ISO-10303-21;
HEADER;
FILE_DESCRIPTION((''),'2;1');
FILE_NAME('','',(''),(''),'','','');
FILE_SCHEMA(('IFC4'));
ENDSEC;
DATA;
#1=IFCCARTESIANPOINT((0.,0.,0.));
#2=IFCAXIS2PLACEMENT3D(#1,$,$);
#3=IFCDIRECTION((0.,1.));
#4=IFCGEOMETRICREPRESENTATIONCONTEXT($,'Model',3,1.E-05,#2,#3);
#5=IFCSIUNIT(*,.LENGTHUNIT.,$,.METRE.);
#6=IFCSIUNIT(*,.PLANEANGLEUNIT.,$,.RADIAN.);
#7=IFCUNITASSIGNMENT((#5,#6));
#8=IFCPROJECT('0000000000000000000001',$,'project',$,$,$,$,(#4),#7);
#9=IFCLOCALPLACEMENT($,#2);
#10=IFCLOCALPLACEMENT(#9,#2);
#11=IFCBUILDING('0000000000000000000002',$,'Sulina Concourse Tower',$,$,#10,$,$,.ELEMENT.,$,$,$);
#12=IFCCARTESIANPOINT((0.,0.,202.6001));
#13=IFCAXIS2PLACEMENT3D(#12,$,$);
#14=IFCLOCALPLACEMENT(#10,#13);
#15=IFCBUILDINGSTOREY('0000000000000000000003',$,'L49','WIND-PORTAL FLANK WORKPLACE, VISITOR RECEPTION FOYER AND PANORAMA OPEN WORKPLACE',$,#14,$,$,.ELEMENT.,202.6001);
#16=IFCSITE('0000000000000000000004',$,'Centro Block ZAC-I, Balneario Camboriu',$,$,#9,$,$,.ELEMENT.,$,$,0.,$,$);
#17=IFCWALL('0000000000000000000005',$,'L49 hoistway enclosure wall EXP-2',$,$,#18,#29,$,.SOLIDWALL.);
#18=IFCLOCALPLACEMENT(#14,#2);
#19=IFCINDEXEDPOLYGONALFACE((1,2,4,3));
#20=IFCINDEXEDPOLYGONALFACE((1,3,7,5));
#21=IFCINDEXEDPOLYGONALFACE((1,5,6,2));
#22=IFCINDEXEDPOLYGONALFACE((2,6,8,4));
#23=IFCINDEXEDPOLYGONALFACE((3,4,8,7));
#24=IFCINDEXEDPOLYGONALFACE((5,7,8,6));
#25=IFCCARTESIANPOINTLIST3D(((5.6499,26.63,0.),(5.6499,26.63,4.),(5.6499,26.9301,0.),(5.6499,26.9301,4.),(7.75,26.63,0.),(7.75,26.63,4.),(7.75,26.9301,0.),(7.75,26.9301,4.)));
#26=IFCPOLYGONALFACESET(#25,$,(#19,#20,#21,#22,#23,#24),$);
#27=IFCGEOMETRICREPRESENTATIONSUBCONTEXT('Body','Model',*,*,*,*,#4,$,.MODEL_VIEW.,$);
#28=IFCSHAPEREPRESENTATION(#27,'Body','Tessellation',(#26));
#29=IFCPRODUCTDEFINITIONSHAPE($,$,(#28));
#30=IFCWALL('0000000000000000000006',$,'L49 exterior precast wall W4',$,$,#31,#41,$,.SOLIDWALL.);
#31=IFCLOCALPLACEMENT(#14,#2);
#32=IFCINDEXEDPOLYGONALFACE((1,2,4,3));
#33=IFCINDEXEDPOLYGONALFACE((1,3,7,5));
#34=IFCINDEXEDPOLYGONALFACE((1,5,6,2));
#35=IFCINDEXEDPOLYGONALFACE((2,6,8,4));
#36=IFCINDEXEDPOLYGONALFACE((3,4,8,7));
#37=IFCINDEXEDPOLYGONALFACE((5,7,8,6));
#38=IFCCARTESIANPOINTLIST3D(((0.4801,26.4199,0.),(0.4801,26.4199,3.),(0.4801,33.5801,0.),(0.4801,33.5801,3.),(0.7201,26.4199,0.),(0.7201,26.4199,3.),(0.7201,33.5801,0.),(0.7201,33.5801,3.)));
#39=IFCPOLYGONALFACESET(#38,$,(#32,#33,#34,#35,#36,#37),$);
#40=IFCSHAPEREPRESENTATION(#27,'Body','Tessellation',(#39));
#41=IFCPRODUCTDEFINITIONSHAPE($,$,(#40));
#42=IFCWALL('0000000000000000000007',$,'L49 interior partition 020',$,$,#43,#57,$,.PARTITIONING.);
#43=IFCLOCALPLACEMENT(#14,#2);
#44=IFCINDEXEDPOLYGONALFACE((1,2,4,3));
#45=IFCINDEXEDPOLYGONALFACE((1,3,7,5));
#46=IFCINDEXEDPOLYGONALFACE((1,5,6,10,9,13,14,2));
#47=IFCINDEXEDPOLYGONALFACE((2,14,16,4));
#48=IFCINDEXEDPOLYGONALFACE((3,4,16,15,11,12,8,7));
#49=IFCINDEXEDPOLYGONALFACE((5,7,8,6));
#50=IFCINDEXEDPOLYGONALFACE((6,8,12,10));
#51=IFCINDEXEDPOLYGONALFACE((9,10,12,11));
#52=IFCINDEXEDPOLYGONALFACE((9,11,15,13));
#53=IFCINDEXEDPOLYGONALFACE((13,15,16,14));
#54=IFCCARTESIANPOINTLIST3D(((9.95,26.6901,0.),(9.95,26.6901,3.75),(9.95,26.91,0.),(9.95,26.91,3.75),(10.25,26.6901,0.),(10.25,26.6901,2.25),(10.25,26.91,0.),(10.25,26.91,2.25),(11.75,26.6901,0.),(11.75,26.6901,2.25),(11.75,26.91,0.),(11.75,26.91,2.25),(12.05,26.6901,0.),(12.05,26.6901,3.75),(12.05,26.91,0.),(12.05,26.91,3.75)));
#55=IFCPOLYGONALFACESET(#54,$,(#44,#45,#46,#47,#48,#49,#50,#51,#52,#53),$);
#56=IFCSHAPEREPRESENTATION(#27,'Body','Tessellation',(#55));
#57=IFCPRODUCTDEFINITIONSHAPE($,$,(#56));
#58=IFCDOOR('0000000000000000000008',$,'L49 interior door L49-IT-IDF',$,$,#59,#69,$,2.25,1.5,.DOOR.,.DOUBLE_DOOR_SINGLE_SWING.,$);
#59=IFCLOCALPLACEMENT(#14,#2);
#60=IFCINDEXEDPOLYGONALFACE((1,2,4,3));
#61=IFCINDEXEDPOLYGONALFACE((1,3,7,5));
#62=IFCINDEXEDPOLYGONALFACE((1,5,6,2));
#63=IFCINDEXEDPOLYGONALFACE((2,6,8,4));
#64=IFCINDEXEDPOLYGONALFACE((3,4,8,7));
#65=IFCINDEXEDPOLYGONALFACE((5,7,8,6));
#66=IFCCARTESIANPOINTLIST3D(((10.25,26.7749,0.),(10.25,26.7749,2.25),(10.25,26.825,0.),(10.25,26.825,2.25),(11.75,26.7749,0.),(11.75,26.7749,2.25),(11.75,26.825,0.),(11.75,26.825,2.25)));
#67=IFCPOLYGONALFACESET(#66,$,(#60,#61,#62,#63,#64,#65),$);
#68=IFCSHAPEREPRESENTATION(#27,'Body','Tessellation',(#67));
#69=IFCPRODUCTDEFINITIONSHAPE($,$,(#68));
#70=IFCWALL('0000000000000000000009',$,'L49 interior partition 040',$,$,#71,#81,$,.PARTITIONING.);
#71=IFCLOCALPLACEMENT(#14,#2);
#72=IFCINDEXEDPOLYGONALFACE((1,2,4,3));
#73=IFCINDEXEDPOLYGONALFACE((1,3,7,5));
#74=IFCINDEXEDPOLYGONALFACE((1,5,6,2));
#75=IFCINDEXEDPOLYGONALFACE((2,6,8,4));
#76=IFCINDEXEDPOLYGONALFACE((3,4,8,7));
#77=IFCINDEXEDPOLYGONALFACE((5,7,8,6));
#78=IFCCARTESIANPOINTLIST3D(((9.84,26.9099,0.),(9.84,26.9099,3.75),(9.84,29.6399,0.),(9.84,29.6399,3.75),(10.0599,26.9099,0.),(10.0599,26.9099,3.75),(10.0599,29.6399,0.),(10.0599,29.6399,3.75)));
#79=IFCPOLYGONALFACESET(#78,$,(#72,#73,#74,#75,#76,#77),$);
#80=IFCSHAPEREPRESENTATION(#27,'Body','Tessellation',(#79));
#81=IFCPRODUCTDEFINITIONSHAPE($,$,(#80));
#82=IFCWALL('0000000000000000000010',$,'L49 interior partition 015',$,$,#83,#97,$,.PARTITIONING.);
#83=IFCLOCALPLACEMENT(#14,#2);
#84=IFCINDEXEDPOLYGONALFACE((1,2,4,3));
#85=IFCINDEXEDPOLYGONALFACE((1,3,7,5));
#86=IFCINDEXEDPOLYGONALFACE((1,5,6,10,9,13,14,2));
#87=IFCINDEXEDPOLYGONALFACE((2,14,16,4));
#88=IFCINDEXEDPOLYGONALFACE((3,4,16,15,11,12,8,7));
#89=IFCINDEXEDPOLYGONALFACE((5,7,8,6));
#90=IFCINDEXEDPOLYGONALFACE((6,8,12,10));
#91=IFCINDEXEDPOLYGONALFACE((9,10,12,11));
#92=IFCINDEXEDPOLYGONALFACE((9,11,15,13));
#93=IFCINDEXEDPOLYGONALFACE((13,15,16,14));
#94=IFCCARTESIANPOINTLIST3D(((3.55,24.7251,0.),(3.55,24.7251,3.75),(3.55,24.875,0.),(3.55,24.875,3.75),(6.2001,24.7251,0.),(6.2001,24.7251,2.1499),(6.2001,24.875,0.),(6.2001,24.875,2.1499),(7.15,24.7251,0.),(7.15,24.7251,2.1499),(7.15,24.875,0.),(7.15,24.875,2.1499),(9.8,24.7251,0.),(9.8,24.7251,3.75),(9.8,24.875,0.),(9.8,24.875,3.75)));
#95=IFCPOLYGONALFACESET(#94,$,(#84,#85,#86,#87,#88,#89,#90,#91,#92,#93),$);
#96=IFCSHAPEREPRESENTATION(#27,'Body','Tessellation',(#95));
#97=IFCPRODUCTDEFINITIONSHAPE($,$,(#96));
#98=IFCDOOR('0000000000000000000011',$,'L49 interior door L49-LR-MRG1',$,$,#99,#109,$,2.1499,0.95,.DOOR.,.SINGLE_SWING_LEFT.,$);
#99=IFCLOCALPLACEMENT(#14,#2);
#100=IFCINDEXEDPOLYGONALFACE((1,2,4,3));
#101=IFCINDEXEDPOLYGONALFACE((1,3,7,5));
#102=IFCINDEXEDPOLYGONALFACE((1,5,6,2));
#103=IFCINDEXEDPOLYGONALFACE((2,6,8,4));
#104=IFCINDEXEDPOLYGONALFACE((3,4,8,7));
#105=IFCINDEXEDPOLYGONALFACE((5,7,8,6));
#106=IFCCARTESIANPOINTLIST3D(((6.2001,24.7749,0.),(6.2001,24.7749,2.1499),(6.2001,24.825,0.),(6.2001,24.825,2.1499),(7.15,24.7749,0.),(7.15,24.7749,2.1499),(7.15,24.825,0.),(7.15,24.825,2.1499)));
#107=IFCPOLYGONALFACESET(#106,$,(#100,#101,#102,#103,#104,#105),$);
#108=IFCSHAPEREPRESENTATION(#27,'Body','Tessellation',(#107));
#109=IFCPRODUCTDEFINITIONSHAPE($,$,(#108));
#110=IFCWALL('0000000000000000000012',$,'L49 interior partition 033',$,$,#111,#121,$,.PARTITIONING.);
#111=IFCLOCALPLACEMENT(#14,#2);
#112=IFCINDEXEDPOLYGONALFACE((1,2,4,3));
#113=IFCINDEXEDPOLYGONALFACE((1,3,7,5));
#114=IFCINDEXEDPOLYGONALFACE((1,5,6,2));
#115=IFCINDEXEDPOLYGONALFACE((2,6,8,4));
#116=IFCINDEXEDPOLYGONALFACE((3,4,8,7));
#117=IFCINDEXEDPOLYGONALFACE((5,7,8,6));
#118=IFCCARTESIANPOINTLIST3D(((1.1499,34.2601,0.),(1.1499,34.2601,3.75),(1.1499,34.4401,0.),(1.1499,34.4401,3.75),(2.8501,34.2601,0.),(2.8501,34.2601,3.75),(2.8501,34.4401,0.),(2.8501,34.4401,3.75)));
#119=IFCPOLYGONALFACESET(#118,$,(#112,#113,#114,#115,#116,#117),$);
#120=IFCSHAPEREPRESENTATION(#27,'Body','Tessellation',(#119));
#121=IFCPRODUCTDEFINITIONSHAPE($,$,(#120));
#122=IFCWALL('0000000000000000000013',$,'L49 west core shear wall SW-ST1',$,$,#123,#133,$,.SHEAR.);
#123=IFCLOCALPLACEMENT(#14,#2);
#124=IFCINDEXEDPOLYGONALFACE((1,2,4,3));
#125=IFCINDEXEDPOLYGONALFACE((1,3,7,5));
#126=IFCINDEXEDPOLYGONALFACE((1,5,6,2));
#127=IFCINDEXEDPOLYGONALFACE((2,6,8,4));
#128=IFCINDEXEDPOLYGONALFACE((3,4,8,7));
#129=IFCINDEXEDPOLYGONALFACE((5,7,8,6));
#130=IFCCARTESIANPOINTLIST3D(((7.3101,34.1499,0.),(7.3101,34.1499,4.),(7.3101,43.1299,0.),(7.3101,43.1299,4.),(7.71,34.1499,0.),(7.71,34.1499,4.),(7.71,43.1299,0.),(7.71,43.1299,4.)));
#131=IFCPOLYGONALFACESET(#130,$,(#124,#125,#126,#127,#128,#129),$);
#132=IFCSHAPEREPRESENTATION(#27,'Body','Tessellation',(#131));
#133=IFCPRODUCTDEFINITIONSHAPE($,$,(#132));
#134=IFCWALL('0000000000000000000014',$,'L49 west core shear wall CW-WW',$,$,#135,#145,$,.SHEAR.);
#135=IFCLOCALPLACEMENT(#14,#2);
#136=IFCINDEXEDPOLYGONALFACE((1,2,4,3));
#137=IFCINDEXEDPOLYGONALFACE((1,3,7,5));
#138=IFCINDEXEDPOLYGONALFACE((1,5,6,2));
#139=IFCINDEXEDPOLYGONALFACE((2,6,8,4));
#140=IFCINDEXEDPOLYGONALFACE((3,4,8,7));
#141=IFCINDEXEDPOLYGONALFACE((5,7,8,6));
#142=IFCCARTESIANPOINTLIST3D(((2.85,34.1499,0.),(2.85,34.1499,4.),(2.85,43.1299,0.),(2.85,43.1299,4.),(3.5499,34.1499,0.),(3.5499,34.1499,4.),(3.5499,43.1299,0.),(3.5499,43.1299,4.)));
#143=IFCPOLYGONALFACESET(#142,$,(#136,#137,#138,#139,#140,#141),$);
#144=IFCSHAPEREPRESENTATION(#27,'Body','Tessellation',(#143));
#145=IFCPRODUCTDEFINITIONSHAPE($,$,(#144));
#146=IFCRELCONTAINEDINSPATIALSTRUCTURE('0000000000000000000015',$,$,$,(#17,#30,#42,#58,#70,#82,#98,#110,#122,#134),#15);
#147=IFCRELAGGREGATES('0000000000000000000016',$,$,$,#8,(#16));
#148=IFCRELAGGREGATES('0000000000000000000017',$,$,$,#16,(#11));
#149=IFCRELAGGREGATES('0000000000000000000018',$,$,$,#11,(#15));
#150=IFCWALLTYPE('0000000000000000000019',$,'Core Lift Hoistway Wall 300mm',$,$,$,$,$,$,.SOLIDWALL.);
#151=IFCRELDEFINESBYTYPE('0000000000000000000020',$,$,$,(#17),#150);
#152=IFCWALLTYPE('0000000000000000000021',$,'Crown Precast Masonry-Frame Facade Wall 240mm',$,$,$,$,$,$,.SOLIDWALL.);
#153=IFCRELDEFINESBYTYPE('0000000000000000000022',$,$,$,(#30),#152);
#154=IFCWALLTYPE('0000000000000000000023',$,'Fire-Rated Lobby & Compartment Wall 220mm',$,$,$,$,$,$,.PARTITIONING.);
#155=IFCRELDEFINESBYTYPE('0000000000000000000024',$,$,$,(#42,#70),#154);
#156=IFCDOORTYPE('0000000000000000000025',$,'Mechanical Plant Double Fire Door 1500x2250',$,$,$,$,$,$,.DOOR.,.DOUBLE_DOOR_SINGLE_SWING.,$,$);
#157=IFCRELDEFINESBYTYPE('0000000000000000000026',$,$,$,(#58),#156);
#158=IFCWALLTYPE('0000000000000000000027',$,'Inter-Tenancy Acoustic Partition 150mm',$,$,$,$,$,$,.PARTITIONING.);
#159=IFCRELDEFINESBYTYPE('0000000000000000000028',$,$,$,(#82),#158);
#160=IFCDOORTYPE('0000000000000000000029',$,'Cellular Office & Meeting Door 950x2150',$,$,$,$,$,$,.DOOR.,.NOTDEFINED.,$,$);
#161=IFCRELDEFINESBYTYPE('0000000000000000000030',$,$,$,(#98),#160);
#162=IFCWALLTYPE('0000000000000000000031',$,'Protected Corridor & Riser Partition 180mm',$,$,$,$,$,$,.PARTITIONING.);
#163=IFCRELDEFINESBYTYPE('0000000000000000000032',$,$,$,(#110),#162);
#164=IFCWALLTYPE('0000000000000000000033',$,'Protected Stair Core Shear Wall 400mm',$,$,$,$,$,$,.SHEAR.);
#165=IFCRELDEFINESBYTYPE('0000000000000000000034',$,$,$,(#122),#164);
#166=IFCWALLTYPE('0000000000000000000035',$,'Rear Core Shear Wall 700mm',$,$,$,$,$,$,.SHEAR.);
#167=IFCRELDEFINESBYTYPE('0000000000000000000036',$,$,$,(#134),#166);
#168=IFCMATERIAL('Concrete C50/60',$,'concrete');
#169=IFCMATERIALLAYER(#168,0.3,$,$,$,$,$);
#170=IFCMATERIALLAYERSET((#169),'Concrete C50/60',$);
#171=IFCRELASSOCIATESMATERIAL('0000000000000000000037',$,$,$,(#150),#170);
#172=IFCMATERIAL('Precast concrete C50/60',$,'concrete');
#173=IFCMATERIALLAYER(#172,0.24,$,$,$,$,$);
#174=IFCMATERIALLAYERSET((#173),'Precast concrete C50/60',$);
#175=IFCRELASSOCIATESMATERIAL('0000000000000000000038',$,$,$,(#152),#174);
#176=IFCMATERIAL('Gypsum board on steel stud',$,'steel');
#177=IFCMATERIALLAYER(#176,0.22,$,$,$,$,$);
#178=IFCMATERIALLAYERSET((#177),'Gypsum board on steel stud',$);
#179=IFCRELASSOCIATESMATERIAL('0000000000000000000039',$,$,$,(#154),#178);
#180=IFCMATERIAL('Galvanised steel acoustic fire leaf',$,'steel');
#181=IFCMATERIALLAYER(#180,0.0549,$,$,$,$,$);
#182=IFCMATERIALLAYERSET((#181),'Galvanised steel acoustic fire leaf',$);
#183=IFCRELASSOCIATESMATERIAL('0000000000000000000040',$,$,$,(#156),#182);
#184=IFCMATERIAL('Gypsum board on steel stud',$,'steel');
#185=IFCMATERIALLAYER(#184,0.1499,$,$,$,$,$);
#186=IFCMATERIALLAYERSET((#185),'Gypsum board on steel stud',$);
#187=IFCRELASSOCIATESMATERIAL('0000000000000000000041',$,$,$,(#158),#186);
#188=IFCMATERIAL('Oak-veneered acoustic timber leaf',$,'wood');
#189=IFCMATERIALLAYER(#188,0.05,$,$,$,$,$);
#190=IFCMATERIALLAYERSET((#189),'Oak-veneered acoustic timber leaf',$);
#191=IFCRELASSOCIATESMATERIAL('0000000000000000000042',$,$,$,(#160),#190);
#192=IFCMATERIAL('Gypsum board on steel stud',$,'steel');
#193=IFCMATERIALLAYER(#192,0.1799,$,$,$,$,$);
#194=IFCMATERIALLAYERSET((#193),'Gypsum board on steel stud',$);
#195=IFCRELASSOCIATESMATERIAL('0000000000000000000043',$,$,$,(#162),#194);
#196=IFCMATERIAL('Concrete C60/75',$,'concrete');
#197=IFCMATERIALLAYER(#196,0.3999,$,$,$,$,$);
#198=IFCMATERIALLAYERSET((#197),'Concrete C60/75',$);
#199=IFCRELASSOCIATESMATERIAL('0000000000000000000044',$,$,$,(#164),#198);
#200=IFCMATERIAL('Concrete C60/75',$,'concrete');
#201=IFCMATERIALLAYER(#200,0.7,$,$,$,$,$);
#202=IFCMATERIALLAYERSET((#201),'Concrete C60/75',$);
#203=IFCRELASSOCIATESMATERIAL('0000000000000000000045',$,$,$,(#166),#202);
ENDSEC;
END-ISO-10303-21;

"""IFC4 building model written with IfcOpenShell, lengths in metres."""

from ifc_helpers import new_model, si_unit, direction, frame, frame_2d, origin, place, context, subcontext, project, spatial, rectangle, extrude, material, layer, layer_set, type_object, element, fill, save


model = new_model("IFC4")

# Units and contexts
model_context = context("Model", 3, precision=1e-05, world=origin(), true_north=direction((0.0, 1.0)))
body_context = subcontext(model_context, "Body", "Model", "MODEL_VIEW")
ifc_project = project(units=[si_unit("LENGTHUNIT", "METRE"), si_unit("PLANEANGLEUNIT", "RADIAN")], contexts=[model_context])

# Site, building, storey
site_placement = place(None, origin())
site = spatial("IfcSite", under=ifc_project, at=site_placement, Name="Centro Block ZAC-I, Balneario Camboriu", CompositionType="ELEMENT", RefElevation=0.0)
building_placement = place(site_placement, origin())
building = spatial("IfcBuilding", under=site, at=building_placement, Name="Sulina Concourse Tower", CompositionType="ELEMENT")
storey_placement = place(building_placement, frame((0.0, 0.0, 202.6001)))
storey = spatial("IfcBuildingStorey", under=building, at=storey_placement, Name="L49", Description="WIND-PORTAL FLANK WORKPLACE, VISITOR RECEPTION FOYER AND PANORAMA OPEN WORKPLACE", CompositionType="ELEMENT", Elevation=202.6001)

# Walls
ifc_material_1 = material(Name="Concrete C50/60", Category="concrete")
ifc_layer_1 = layer(ifc_material_1, 0.3)
ifc_layer_set_1 = layer_set([ifc_layer_1], Name="Concrete C50/60")
wall_type_1 = type_object("IfcWallType", Name="Core Lift Hoistway Wall 300mm", PredefinedType="SOLIDWALL", material=ifc_layer_set_1)
wall_1_placement = place(storey_placement, frame((7.75, 26.78, 0.0), z_axis=(0.0, 0.0, 1.0), x_axis=(-1.0, 0.0, 0.0)))
element("IfcWall", 1, at=wall_1_placement, inside=storey, type_object=wall_type_1, Name="L49 hoistway enclosure wall EXP-2", PredefinedType="SOLIDWALL", context=body_context, shape_type="SweptSolid", body=[
    extrude(rectangle(XDim=2.1001, YDim=0.3, at=frame_2d((1.05, 0.0))), origin(), (0.0, 0.0, 1.0), 4.0),
])
ifc_material_2 = material(Name="Precast concrete C50/60", Category="concrete")
ifc_layer_2 = layer(ifc_material_2, 0.24)
ifc_layer_set_2 = layer_set([ifc_layer_2], Name="Precast concrete C50/60")
wall_type_2 = type_object("IfcWallType", Name="Crown Precast Masonry-Frame Facade Wall 240mm", PredefinedType="SOLIDWALL", material=ifc_layer_set_2)
wall_2_placement = place(storey_placement, frame((0.6001, 26.4199, 0.0), z_axis=(0.0, 0.0, 1.0), x_axis=(0.0, 1.0, 0.0)))
element("IfcWall", 2, at=wall_2_placement, inside=storey, type_object=wall_type_2, Name="L49 exterior precast wall W4", PredefinedType="SOLIDWALL", context=body_context, shape_type="SweptSolid", body=[
    extrude(rectangle(XDim=7.1602, YDim=0.24, at=frame_2d((3.5801, 0.0))), origin(), (0.0, 0.0, 1.0), 3.0),
])

# Wall, opening, door
ifc_material_3 = material(Name="Gypsum board on steel stud", Category="steel")
ifc_layer_3 = layer(ifc_material_3, 0.22)
ifc_layer_set_3 = layer_set([ifc_layer_3], Name="Gypsum board on steel stud")
wall_type_3 = type_object("IfcWallType", Name="Fire-Rated Lobby & Compartment Wall 220mm", PredefinedType="PARTITIONING", material=ifc_layer_set_3)
wall_3_placement = place(storey_placement, frame((9.95, 26.8, 0.0), z_axis=(0.0, 0.0, 1.0), x_axis=(1.0, 0.0, 0.0)))
wall_3 = element("IfcWall", 3, at=wall_3_placement, inside=storey, type_object=wall_type_3, Name="L49 interior partition 020", PredefinedType="PARTITIONING", context=body_context, shape_type="SweptSolid", body=[
    extrude(rectangle(XDim=2.1001, YDim=0.22, at=frame_2d((1.05, 0.0))), origin(), (0.0, 0.0, 1.0), 3.75),
])
opening_1_placement = place(wall_3_placement, frame((0.3, 0.0, 0.0)))
opening_1 = element("IfcOpeningElement", 4, at=opening_1_placement, cuts=wall_3, PredefinedType="OPENING", context=body_context, shape_type="SweptSolid", body=[
    extrude(rectangle(XDim=1.5, YDim=2.25, at=frame_2d((0.75, 1.125))), frame((0.0, 0.1199, 0.0), z_axis=(0.0, -1.0, 0.0), x_axis=(1.0, 0.0, 0.0)), (0.0, 0.0, 1.0), 0.24),
])
ifc_material_4 = material(Name="Galvanised steel acoustic fire leaf", Category="steel")
ifc_layer_4 = layer(ifc_material_4, 0.0549)
ifc_layer_set_4 = layer_set([ifc_layer_4], Name="Galvanised steel acoustic fire leaf")
door_type_1 = type_object("IfcDoorType", Name="Mechanical Plant Double Fire Door 1500x2250", OperationType="DOUBLE_DOOR_SINGLE_SWING", PredefinedType="DOOR", material=ifc_layer_set_4)
door_1_placement = place(opening_1_placement, origin())
door_1 = element("IfcDoor", 5, at=door_1_placement, inside=storey, type_object=door_type_1, Name="L49 interior door L49-IT-IDF", OperationType="DOUBLE_DOOR_SINGLE_SWING", OverallHeight=2.25, OverallWidth=1.5, PredefinedType="DOOR", context=body_context, shape_type="SweptSolid", body=[
    extrude(rectangle(XDim=1.5, YDim=2.25, at=frame_2d((0.75, 1.125))), frame((0.0, 0.0249, 0.0), z_axis=(0.0, -1.0, 0.0), x_axis=(1.0, 0.0, 0.0)), (0.0, 0.0, 1.0), 0.05),
])
fill(opening_1, door_1)

# Wall
wall_4_placement = place(storey_placement, frame((9.95, 26.9099, 0.0), z_axis=(0.0, 0.0, 1.0), x_axis=(0.0, 1.0, 0.0)))
element("IfcWall", 6, at=wall_4_placement, inside=storey, type_object=wall_type_3, Name="L49 interior partition 040", PredefinedType="PARTITIONING", context=body_context, shape_type="SweptSolid", body=[
    extrude(rectangle(XDim=2.73, YDim=0.22, at=frame_2d((1.365, 0.0))), origin(), (0.0, 0.0, 1.0), 3.75),
])

# Wall, opening, door
ifc_material_5 = material(Name="Gypsum board on steel stud", Category="steel")
ifc_layer_5 = layer(ifc_material_5, 0.1499)
ifc_layer_set_5 = layer_set([ifc_layer_5], Name="Gypsum board on steel stud")
wall_type_4 = type_object("IfcWallType", Name="Inter-Tenancy Acoustic Partition 150mm", PredefinedType="PARTITIONING", material=ifc_layer_set_5)
wall_5_placement = place(storey_placement, frame((3.55, 24.8, 0.0), z_axis=(0.0, 0.0, 1.0), x_axis=(1.0, 0.0, 0.0)))
wall_5 = element("IfcWall", 7, at=wall_5_placement, inside=storey, type_object=wall_type_4, Name="L49 interior partition 015", PredefinedType="PARTITIONING", context=body_context, shape_type="SweptSolid", body=[
    extrude(rectangle(XDim=6.25, YDim=0.1499, at=frame_2d((3.125, 0.0))), origin(), (0.0, 0.0, 1.0), 3.75),
])
opening_2_placement = place(wall_5_placement, frame((2.6499, 0.0, 0.0)))
opening_2 = element("IfcOpeningElement", 8, at=opening_2_placement, cuts=wall_5, PredefinedType="OPENING", context=body_context, shape_type="SweptSolid", body=[
    extrude(rectangle(XDim=0.95, YDim=2.1499, at=frame_2d((0.4751, 1.075))), frame((0.0, 0.085, 0.0), z_axis=(0.0, -1.0, 0.0), x_axis=(1.0, 0.0, 0.0)), (0.0, 0.0, 1.0), 0.1699),
])
ifc_material_6 = material(Name="Oak-veneered acoustic timber leaf", Category="wood")
ifc_layer_6 = layer(ifc_material_6, 0.05)
ifc_layer_set_6 = layer_set([ifc_layer_6], Name="Oak-veneered acoustic timber leaf")
door_type_2 = type_object("IfcDoorType", Name="Cellular Office & Meeting Door 950x2150", OperationType="NOTDEFINED", PredefinedType="DOOR", material=ifc_layer_set_6)
door_2_placement = place(opening_2_placement, origin())
door_2 = element("IfcDoor", 9, at=door_2_placement, inside=storey, type_object=door_type_2, Name="L49 interior door L49-LR-MRG1", OperationType="SINGLE_SWING_LEFT", OverallHeight=2.1499, OverallWidth=0.95, PredefinedType="DOOR", context=body_context, shape_type="SweptSolid", body=[
    extrude(rectangle(XDim=0.95, YDim=2.1499, at=frame_2d((0.4751, 1.075))), frame((0.0, 0.0249, 0.0), z_axis=(0.0, -1.0, 0.0), x_axis=(1.0, 0.0, 0.0)), (0.0, 0.0, 1.0), 0.05),
])
fill(opening_2, door_2)

# Walls
ifc_material_7 = material(Name="Gypsum board on steel stud", Category="steel")
ifc_layer_7 = layer(ifc_material_7, 0.1799)
ifc_layer_set_7 = layer_set([ifc_layer_7], Name="Gypsum board on steel stud")
wall_type_5 = type_object("IfcWallType", Name="Protected Corridor & Riser Partition 180mm", PredefinedType="PARTITIONING", material=ifc_layer_set_7)
wall_6_placement = place(storey_placement, frame((1.1499, 34.3501, 0.0), z_axis=(0.0, 0.0, 1.0), x_axis=(1.0, 0.0, 0.0)))
element("IfcWall", 10, at=wall_6_placement, inside=storey, type_object=wall_type_5, Name="L49 interior partition 033", PredefinedType="PARTITIONING", context=body_context, shape_type="SweptSolid", body=[
    extrude(rectangle(XDim=1.7002, YDim=0.1799, at=frame_2d((0.8501, 0.0))), origin(), (0.0, 0.0, 1.0), 3.75),
])
ifc_material_8 = material(Name="Concrete C60/75", Category="concrete")
ifc_layer_8 = layer(ifc_material_8, 0.3999)
ifc_layer_set_8 = layer_set([ifc_layer_8], Name="Concrete C60/75")
wall_type_6 = type_object("IfcWallType", Name="Protected Stair Core Shear Wall 400mm", PredefinedType="SHEAR", material=ifc_layer_set_8)
wall_7_placement = place(storey_placement, frame((7.51, 34.1499, 0.0), z_axis=(0.0, 0.0, 1.0), x_axis=(0.0, 1.0, 0.0)))
element("IfcWall", 11, at=wall_7_placement, inside=storey, type_object=wall_type_6, Name="L49 west core shear wall SW-ST1", PredefinedType="SHEAR", context=body_context, shape_type="SweptSolid", body=[
    extrude(rectangle(XDim=8.98, YDim=0.3999, at=frame_2d((4.49, 0.0))), origin(), (0.0, 0.0, 1.0), 4.0),
])
ifc_material_9 = material(Name="Concrete C60/75", Category="concrete")
ifc_layer_9 = layer(ifc_material_9, 0.7)
ifc_layer_set_9 = layer_set([ifc_layer_9], Name="Concrete C60/75")
wall_type_7 = type_object("IfcWallType", Name="Rear Core Shear Wall 700mm", PredefinedType="SHEAR", material=ifc_layer_set_9)
wall_8_placement = place(storey_placement, frame((3.2, 34.1499, 0.0), z_axis=(0.0, 0.0, 1.0), x_axis=(0.0, 1.0, 0.0)))
element("IfcWall", 12, at=wall_8_placement, inside=storey, type_object=wall_type_7, Name="L49 west core shear wall CW-WW", PredefinedType="SHEAR", context=body_context, shape_type="SweptSolid", body=[
    extrude(rectangle(XDim=8.98, YDim=0.7, at=frame_2d((4.49, 0.0))), origin(), (0.0, 0.0, 1.0), 4.0),
])

save(model, "model.ifc")
